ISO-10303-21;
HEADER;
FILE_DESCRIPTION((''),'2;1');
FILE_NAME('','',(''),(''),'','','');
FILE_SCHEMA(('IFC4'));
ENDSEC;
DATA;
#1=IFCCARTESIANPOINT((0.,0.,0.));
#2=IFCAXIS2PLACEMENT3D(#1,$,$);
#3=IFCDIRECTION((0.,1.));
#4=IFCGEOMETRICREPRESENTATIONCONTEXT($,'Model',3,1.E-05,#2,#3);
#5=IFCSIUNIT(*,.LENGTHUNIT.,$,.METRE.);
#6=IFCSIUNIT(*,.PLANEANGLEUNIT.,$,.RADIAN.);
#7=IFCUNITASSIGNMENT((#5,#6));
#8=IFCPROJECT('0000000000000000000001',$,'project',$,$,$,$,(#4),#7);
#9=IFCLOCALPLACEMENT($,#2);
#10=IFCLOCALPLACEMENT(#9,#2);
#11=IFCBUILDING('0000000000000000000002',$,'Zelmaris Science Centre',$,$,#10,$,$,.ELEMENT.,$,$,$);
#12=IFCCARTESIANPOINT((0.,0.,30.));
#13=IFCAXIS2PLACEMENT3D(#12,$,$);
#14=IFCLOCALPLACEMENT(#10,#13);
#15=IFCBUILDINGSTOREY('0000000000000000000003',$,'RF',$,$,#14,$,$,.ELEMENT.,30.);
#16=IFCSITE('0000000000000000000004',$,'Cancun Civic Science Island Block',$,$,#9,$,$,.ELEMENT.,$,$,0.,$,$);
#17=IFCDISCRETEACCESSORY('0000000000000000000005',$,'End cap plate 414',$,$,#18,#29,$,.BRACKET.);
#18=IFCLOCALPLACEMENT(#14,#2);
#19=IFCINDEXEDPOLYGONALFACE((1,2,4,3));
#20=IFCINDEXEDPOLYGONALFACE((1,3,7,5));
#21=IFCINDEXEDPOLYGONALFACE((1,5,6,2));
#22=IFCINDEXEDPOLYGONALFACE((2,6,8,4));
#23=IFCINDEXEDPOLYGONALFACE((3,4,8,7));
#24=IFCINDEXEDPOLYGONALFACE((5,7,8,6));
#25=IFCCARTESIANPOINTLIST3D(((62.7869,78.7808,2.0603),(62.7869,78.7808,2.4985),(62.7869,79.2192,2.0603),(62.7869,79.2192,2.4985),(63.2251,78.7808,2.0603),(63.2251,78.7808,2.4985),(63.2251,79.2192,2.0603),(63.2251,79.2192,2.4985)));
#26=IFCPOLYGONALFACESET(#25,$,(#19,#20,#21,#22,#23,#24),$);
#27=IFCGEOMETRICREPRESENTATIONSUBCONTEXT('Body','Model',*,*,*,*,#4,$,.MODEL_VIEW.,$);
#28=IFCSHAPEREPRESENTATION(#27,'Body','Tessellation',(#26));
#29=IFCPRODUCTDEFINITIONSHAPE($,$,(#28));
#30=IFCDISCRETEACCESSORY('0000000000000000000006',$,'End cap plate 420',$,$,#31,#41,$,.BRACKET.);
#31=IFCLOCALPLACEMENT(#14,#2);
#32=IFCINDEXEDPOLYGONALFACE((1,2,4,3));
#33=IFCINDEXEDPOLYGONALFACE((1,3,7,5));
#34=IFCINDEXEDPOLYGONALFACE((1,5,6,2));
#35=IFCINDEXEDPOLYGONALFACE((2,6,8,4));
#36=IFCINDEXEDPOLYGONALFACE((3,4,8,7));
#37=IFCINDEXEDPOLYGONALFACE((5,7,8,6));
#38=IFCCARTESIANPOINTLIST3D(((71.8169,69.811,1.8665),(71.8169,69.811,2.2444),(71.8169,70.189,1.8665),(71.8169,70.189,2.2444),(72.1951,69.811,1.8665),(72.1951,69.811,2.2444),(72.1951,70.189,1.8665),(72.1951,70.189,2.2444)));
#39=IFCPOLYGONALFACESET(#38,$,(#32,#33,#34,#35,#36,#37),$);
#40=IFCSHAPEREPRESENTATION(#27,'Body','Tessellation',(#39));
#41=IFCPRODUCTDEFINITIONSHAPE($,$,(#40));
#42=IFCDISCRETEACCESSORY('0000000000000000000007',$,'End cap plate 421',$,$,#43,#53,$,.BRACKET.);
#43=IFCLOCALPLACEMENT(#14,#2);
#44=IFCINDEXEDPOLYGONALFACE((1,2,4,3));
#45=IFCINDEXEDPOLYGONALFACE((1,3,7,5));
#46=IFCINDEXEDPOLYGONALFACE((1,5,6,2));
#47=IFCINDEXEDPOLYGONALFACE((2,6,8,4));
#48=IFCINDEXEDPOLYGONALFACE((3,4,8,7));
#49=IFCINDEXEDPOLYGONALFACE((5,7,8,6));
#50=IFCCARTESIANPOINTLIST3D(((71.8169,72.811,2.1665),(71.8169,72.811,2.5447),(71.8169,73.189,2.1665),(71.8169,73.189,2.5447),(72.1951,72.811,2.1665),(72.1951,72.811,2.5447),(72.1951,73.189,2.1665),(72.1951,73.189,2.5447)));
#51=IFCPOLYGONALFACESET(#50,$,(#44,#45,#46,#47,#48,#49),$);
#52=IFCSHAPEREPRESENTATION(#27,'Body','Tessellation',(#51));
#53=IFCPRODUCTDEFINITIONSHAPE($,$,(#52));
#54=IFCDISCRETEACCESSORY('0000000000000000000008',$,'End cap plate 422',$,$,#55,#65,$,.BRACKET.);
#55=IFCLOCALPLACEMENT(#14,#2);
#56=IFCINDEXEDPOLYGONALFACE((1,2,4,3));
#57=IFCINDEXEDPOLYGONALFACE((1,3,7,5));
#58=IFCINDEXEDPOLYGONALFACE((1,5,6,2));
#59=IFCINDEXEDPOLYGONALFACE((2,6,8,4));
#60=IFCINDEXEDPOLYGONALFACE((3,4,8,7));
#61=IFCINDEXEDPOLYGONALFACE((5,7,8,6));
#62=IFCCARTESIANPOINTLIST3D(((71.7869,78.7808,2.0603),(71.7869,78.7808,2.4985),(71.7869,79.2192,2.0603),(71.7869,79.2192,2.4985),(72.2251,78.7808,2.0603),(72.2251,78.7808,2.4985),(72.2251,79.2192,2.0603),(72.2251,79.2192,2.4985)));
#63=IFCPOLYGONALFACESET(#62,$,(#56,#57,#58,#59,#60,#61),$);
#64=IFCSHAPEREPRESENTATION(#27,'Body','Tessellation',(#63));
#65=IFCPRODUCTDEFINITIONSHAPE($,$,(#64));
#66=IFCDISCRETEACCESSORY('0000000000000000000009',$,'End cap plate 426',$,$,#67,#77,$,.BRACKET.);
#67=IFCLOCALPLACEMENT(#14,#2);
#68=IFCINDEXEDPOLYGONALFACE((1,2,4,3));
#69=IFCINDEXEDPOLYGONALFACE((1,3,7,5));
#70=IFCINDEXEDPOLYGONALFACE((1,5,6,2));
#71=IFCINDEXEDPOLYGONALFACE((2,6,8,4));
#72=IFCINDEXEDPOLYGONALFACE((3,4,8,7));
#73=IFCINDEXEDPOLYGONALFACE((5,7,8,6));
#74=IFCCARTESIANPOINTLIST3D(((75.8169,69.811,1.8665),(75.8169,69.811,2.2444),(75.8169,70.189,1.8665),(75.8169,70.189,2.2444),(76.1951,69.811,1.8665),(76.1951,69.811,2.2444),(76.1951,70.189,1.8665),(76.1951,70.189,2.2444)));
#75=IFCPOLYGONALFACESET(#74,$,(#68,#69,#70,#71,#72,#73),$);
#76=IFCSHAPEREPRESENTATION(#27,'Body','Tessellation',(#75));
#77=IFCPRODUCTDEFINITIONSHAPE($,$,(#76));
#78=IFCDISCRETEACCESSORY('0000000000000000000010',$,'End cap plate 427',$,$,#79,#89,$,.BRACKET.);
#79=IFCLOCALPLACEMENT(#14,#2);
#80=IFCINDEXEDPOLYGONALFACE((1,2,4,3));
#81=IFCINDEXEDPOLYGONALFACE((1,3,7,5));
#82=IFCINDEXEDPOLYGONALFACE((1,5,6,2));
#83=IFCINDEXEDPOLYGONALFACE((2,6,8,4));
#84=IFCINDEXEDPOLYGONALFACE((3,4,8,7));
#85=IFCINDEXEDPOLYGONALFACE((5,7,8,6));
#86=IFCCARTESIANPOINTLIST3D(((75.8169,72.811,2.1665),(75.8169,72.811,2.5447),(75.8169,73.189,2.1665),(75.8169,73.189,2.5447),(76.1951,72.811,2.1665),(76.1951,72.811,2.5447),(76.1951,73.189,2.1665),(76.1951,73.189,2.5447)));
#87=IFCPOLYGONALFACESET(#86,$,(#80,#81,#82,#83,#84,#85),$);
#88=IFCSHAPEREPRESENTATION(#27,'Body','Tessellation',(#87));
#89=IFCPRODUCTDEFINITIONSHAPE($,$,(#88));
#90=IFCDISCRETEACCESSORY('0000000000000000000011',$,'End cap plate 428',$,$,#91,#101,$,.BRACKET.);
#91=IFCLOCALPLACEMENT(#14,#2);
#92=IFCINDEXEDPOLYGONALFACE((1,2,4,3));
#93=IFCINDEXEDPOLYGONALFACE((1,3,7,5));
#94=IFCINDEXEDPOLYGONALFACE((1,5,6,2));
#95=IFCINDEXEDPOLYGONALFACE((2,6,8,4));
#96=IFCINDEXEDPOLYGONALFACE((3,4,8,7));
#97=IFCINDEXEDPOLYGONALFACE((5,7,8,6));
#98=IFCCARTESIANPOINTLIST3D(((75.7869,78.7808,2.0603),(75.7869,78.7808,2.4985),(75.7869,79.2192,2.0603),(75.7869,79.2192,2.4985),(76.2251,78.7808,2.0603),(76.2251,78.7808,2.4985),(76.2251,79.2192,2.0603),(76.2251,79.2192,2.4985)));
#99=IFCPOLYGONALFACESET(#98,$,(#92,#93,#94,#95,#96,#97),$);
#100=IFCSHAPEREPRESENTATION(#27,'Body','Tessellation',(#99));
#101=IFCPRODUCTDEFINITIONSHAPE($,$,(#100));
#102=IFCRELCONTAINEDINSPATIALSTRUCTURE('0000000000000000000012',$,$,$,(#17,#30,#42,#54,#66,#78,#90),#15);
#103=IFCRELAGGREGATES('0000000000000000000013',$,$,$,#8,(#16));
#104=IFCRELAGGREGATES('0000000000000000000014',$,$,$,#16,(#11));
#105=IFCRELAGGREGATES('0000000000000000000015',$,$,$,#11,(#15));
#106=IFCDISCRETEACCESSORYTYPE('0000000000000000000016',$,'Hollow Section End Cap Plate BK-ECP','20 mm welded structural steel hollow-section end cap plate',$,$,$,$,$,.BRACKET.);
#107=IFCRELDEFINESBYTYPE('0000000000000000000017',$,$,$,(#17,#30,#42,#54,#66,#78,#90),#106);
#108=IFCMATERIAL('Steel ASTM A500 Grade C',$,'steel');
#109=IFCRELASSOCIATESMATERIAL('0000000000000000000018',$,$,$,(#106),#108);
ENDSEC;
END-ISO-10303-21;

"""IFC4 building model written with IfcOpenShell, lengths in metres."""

from ifc_helpers import new_model, si_unit, direction, frame, origin, place, context, subcontext, project, spatial, polyline, outline, extrude, material, type_object, element, save


model = new_model("IFC4")

# Units and contexts
model_context = context("Model", 3, precision=1e-05, world=origin(), true_north=direction((0.0, 1.0)))
body_context = subcontext(model_context, "Body", "Model", "MODEL_VIEW")
ifc_project = project(units=[si_unit("LENGTHUNIT", "METRE"), si_unit("PLANEANGLEUNIT", "RADIAN")], contexts=[model_context])

# Site, building, storey
site_placement = place(None, origin())
site = spatial("IfcSite", under=ifc_project, at=site_placement, Name="Cancun Civic Science Island Block", CompositionType="ELEMENT", RefElevation=0.0)
building_placement = place(site_placement, origin())
building = spatial("IfcBuilding", under=site, at=building_placement, Name="Zelmaris Science Centre", CompositionType="ELEMENT")
storey_placement = place(building_placement, frame((0.0, 0.0, 30.0)))
storey = spatial("IfcBuildingStorey", under=building, at=storey_placement, Name="RF", CompositionType="ELEMENT", Elevation=30.0)

# Discrete accessories
ifc_material_1 = material(Name="Steel ASTM A500 Grade C", Category="steel")
discrete_accessory_type = type_object("IfcDiscreteAccessoryType", Name="Hollow Section End Cap Plate BK-ECP", Description="20 mm welded structural steel hollow-section end cap plate", PredefinedType="BRACKET", material=ifc_material_1)
discrete_accessory_1_placement = place(storey_placement, frame((0.0, 0.0, 2.0603)))
element("IfcDiscreteAccessory", 1, at=discrete_accessory_1_placement, inside=storey, type_object=discrete_accessory_type, Name="End cap plate 414", PredefinedType="BRACKET", context=body_context, shape_type="SweptSolid", body=[
    extrude(outline(polyline([(62.7869, 78.7808), (63.2251, 78.7808), (63.2251, 79.2192), (62.7869, 79.2192), (62.7869, 78.7808)])), origin(), (0.0, 0.0, 1.0), 0.4382),
])
discrete_accessory_2_placement = place(storey_placement, frame((0.0, 0.0, 1.8665)))
element("IfcDiscreteAccessory", 2, at=discrete_accessory_2_placement, inside=storey, type_object=discrete_accessory_type, Name="End cap plate 420", PredefinedType="BRACKET", context=body_context, shape_type="SweptSolid", body=[
    extrude(outline(polyline([(71.8169, 69.811), (72.1951, 69.811), (72.1951, 70.189), (71.8169, 70.189), (71.8169, 69.811)])), origin(), (0.0, 0.0, 1.0), 0.3779),
])
discrete_accessory_3_placement = place(storey_placement, frame((0.0, 0.0, 2.1665)))
element("IfcDiscreteAccessory", 3, at=discrete_accessory_3_placement, inside=storey, type_object=discrete_accessory_type, Name="End cap plate 421", PredefinedType="BRACKET", context=body_context, shape_type="SweptSolid", body=[
    extrude(outline(polyline([(71.8169, 72.811), (72.1951, 72.811), (72.1951, 73.189), (71.8169, 73.189), (71.8169, 72.811)])), origin(), (0.0, 0.0, 1.0), 0.3782),
])
discrete_accessory_4_placement = place(storey_placement, frame((0.0, 0.0, 2.0603)))
element("IfcDiscreteAccessory", 4, at=discrete_accessory_4_placement, inside=storey, type_object=discrete_accessory_type, Name="End cap plate 422", PredefinedType="BRACKET", context=body_context, shape_type="SweptSolid", body=[
    extrude(outline(polyline([(71.7869, 78.7808), (72.2251, 78.7808), (72.2251, 79.2192), (71.7869, 79.2192), (71.7869, 78.7808)])), origin(), (0.0, 0.0, 1.0), 0.4382),
])
discrete_accessory_5_placement = place(storey_placement, frame((0.0, 0.0, 1.8665)))
element("IfcDiscreteAccessory", 5, at=discrete_accessory_5_placement, inside=storey, type_object=discrete_accessory_type, Name="End cap plate 426", PredefinedType="BRACKET", context=body_context, shape_type="SweptSolid", body=[
    extrude(outline(polyline([(75.8169, 69.811), (76.1951, 69.811), (76.1951, 70.189), (75.8169, 70.189), (75.8169, 69.811)])), origin(), (0.0, 0.0, 1.0), 0.3779),
])
discrete_accessory_6_placement = place(storey_placement, frame((0.0, 0.0, 2.1665)))
element("IfcDiscreteAccessory", 6, at=discrete_accessory_6_placement, inside=storey, type_object=discrete_accessory_type, Name="End cap plate 427", PredefinedType="BRACKET", context=body_context, shape_type="SweptSolid", body=[
    extrude(outline(polyline([(75.8169, 72.811), (76.1951, 72.811), (76.1951, 73.189), (75.8169, 73.189), (75.8169, 72.811)])), origin(), (0.0, 0.0, 1.0), 0.3782),
])
discrete_accessory_7_placement = place(storey_placement, frame((0.0, 0.0, 2.0603)))
element("IfcDiscreteAccessory", 7, at=discrete_accessory_7_placement, inside=storey, type_object=discrete_accessory_type, Name="End cap plate 428", PredefinedType="BRACKET", context=body_context, shape_type="SweptSolid", body=[
    extrude(outline(polyline([(75.7869, 78.7808), (76.2251, 78.7808), (76.2251, 79.2192), (75.7869, 79.2192), (75.7869, 78.7808)])), origin(), (0.0, 0.0, 1.0), 0.4382),
])

save(model, "model.ifc")
